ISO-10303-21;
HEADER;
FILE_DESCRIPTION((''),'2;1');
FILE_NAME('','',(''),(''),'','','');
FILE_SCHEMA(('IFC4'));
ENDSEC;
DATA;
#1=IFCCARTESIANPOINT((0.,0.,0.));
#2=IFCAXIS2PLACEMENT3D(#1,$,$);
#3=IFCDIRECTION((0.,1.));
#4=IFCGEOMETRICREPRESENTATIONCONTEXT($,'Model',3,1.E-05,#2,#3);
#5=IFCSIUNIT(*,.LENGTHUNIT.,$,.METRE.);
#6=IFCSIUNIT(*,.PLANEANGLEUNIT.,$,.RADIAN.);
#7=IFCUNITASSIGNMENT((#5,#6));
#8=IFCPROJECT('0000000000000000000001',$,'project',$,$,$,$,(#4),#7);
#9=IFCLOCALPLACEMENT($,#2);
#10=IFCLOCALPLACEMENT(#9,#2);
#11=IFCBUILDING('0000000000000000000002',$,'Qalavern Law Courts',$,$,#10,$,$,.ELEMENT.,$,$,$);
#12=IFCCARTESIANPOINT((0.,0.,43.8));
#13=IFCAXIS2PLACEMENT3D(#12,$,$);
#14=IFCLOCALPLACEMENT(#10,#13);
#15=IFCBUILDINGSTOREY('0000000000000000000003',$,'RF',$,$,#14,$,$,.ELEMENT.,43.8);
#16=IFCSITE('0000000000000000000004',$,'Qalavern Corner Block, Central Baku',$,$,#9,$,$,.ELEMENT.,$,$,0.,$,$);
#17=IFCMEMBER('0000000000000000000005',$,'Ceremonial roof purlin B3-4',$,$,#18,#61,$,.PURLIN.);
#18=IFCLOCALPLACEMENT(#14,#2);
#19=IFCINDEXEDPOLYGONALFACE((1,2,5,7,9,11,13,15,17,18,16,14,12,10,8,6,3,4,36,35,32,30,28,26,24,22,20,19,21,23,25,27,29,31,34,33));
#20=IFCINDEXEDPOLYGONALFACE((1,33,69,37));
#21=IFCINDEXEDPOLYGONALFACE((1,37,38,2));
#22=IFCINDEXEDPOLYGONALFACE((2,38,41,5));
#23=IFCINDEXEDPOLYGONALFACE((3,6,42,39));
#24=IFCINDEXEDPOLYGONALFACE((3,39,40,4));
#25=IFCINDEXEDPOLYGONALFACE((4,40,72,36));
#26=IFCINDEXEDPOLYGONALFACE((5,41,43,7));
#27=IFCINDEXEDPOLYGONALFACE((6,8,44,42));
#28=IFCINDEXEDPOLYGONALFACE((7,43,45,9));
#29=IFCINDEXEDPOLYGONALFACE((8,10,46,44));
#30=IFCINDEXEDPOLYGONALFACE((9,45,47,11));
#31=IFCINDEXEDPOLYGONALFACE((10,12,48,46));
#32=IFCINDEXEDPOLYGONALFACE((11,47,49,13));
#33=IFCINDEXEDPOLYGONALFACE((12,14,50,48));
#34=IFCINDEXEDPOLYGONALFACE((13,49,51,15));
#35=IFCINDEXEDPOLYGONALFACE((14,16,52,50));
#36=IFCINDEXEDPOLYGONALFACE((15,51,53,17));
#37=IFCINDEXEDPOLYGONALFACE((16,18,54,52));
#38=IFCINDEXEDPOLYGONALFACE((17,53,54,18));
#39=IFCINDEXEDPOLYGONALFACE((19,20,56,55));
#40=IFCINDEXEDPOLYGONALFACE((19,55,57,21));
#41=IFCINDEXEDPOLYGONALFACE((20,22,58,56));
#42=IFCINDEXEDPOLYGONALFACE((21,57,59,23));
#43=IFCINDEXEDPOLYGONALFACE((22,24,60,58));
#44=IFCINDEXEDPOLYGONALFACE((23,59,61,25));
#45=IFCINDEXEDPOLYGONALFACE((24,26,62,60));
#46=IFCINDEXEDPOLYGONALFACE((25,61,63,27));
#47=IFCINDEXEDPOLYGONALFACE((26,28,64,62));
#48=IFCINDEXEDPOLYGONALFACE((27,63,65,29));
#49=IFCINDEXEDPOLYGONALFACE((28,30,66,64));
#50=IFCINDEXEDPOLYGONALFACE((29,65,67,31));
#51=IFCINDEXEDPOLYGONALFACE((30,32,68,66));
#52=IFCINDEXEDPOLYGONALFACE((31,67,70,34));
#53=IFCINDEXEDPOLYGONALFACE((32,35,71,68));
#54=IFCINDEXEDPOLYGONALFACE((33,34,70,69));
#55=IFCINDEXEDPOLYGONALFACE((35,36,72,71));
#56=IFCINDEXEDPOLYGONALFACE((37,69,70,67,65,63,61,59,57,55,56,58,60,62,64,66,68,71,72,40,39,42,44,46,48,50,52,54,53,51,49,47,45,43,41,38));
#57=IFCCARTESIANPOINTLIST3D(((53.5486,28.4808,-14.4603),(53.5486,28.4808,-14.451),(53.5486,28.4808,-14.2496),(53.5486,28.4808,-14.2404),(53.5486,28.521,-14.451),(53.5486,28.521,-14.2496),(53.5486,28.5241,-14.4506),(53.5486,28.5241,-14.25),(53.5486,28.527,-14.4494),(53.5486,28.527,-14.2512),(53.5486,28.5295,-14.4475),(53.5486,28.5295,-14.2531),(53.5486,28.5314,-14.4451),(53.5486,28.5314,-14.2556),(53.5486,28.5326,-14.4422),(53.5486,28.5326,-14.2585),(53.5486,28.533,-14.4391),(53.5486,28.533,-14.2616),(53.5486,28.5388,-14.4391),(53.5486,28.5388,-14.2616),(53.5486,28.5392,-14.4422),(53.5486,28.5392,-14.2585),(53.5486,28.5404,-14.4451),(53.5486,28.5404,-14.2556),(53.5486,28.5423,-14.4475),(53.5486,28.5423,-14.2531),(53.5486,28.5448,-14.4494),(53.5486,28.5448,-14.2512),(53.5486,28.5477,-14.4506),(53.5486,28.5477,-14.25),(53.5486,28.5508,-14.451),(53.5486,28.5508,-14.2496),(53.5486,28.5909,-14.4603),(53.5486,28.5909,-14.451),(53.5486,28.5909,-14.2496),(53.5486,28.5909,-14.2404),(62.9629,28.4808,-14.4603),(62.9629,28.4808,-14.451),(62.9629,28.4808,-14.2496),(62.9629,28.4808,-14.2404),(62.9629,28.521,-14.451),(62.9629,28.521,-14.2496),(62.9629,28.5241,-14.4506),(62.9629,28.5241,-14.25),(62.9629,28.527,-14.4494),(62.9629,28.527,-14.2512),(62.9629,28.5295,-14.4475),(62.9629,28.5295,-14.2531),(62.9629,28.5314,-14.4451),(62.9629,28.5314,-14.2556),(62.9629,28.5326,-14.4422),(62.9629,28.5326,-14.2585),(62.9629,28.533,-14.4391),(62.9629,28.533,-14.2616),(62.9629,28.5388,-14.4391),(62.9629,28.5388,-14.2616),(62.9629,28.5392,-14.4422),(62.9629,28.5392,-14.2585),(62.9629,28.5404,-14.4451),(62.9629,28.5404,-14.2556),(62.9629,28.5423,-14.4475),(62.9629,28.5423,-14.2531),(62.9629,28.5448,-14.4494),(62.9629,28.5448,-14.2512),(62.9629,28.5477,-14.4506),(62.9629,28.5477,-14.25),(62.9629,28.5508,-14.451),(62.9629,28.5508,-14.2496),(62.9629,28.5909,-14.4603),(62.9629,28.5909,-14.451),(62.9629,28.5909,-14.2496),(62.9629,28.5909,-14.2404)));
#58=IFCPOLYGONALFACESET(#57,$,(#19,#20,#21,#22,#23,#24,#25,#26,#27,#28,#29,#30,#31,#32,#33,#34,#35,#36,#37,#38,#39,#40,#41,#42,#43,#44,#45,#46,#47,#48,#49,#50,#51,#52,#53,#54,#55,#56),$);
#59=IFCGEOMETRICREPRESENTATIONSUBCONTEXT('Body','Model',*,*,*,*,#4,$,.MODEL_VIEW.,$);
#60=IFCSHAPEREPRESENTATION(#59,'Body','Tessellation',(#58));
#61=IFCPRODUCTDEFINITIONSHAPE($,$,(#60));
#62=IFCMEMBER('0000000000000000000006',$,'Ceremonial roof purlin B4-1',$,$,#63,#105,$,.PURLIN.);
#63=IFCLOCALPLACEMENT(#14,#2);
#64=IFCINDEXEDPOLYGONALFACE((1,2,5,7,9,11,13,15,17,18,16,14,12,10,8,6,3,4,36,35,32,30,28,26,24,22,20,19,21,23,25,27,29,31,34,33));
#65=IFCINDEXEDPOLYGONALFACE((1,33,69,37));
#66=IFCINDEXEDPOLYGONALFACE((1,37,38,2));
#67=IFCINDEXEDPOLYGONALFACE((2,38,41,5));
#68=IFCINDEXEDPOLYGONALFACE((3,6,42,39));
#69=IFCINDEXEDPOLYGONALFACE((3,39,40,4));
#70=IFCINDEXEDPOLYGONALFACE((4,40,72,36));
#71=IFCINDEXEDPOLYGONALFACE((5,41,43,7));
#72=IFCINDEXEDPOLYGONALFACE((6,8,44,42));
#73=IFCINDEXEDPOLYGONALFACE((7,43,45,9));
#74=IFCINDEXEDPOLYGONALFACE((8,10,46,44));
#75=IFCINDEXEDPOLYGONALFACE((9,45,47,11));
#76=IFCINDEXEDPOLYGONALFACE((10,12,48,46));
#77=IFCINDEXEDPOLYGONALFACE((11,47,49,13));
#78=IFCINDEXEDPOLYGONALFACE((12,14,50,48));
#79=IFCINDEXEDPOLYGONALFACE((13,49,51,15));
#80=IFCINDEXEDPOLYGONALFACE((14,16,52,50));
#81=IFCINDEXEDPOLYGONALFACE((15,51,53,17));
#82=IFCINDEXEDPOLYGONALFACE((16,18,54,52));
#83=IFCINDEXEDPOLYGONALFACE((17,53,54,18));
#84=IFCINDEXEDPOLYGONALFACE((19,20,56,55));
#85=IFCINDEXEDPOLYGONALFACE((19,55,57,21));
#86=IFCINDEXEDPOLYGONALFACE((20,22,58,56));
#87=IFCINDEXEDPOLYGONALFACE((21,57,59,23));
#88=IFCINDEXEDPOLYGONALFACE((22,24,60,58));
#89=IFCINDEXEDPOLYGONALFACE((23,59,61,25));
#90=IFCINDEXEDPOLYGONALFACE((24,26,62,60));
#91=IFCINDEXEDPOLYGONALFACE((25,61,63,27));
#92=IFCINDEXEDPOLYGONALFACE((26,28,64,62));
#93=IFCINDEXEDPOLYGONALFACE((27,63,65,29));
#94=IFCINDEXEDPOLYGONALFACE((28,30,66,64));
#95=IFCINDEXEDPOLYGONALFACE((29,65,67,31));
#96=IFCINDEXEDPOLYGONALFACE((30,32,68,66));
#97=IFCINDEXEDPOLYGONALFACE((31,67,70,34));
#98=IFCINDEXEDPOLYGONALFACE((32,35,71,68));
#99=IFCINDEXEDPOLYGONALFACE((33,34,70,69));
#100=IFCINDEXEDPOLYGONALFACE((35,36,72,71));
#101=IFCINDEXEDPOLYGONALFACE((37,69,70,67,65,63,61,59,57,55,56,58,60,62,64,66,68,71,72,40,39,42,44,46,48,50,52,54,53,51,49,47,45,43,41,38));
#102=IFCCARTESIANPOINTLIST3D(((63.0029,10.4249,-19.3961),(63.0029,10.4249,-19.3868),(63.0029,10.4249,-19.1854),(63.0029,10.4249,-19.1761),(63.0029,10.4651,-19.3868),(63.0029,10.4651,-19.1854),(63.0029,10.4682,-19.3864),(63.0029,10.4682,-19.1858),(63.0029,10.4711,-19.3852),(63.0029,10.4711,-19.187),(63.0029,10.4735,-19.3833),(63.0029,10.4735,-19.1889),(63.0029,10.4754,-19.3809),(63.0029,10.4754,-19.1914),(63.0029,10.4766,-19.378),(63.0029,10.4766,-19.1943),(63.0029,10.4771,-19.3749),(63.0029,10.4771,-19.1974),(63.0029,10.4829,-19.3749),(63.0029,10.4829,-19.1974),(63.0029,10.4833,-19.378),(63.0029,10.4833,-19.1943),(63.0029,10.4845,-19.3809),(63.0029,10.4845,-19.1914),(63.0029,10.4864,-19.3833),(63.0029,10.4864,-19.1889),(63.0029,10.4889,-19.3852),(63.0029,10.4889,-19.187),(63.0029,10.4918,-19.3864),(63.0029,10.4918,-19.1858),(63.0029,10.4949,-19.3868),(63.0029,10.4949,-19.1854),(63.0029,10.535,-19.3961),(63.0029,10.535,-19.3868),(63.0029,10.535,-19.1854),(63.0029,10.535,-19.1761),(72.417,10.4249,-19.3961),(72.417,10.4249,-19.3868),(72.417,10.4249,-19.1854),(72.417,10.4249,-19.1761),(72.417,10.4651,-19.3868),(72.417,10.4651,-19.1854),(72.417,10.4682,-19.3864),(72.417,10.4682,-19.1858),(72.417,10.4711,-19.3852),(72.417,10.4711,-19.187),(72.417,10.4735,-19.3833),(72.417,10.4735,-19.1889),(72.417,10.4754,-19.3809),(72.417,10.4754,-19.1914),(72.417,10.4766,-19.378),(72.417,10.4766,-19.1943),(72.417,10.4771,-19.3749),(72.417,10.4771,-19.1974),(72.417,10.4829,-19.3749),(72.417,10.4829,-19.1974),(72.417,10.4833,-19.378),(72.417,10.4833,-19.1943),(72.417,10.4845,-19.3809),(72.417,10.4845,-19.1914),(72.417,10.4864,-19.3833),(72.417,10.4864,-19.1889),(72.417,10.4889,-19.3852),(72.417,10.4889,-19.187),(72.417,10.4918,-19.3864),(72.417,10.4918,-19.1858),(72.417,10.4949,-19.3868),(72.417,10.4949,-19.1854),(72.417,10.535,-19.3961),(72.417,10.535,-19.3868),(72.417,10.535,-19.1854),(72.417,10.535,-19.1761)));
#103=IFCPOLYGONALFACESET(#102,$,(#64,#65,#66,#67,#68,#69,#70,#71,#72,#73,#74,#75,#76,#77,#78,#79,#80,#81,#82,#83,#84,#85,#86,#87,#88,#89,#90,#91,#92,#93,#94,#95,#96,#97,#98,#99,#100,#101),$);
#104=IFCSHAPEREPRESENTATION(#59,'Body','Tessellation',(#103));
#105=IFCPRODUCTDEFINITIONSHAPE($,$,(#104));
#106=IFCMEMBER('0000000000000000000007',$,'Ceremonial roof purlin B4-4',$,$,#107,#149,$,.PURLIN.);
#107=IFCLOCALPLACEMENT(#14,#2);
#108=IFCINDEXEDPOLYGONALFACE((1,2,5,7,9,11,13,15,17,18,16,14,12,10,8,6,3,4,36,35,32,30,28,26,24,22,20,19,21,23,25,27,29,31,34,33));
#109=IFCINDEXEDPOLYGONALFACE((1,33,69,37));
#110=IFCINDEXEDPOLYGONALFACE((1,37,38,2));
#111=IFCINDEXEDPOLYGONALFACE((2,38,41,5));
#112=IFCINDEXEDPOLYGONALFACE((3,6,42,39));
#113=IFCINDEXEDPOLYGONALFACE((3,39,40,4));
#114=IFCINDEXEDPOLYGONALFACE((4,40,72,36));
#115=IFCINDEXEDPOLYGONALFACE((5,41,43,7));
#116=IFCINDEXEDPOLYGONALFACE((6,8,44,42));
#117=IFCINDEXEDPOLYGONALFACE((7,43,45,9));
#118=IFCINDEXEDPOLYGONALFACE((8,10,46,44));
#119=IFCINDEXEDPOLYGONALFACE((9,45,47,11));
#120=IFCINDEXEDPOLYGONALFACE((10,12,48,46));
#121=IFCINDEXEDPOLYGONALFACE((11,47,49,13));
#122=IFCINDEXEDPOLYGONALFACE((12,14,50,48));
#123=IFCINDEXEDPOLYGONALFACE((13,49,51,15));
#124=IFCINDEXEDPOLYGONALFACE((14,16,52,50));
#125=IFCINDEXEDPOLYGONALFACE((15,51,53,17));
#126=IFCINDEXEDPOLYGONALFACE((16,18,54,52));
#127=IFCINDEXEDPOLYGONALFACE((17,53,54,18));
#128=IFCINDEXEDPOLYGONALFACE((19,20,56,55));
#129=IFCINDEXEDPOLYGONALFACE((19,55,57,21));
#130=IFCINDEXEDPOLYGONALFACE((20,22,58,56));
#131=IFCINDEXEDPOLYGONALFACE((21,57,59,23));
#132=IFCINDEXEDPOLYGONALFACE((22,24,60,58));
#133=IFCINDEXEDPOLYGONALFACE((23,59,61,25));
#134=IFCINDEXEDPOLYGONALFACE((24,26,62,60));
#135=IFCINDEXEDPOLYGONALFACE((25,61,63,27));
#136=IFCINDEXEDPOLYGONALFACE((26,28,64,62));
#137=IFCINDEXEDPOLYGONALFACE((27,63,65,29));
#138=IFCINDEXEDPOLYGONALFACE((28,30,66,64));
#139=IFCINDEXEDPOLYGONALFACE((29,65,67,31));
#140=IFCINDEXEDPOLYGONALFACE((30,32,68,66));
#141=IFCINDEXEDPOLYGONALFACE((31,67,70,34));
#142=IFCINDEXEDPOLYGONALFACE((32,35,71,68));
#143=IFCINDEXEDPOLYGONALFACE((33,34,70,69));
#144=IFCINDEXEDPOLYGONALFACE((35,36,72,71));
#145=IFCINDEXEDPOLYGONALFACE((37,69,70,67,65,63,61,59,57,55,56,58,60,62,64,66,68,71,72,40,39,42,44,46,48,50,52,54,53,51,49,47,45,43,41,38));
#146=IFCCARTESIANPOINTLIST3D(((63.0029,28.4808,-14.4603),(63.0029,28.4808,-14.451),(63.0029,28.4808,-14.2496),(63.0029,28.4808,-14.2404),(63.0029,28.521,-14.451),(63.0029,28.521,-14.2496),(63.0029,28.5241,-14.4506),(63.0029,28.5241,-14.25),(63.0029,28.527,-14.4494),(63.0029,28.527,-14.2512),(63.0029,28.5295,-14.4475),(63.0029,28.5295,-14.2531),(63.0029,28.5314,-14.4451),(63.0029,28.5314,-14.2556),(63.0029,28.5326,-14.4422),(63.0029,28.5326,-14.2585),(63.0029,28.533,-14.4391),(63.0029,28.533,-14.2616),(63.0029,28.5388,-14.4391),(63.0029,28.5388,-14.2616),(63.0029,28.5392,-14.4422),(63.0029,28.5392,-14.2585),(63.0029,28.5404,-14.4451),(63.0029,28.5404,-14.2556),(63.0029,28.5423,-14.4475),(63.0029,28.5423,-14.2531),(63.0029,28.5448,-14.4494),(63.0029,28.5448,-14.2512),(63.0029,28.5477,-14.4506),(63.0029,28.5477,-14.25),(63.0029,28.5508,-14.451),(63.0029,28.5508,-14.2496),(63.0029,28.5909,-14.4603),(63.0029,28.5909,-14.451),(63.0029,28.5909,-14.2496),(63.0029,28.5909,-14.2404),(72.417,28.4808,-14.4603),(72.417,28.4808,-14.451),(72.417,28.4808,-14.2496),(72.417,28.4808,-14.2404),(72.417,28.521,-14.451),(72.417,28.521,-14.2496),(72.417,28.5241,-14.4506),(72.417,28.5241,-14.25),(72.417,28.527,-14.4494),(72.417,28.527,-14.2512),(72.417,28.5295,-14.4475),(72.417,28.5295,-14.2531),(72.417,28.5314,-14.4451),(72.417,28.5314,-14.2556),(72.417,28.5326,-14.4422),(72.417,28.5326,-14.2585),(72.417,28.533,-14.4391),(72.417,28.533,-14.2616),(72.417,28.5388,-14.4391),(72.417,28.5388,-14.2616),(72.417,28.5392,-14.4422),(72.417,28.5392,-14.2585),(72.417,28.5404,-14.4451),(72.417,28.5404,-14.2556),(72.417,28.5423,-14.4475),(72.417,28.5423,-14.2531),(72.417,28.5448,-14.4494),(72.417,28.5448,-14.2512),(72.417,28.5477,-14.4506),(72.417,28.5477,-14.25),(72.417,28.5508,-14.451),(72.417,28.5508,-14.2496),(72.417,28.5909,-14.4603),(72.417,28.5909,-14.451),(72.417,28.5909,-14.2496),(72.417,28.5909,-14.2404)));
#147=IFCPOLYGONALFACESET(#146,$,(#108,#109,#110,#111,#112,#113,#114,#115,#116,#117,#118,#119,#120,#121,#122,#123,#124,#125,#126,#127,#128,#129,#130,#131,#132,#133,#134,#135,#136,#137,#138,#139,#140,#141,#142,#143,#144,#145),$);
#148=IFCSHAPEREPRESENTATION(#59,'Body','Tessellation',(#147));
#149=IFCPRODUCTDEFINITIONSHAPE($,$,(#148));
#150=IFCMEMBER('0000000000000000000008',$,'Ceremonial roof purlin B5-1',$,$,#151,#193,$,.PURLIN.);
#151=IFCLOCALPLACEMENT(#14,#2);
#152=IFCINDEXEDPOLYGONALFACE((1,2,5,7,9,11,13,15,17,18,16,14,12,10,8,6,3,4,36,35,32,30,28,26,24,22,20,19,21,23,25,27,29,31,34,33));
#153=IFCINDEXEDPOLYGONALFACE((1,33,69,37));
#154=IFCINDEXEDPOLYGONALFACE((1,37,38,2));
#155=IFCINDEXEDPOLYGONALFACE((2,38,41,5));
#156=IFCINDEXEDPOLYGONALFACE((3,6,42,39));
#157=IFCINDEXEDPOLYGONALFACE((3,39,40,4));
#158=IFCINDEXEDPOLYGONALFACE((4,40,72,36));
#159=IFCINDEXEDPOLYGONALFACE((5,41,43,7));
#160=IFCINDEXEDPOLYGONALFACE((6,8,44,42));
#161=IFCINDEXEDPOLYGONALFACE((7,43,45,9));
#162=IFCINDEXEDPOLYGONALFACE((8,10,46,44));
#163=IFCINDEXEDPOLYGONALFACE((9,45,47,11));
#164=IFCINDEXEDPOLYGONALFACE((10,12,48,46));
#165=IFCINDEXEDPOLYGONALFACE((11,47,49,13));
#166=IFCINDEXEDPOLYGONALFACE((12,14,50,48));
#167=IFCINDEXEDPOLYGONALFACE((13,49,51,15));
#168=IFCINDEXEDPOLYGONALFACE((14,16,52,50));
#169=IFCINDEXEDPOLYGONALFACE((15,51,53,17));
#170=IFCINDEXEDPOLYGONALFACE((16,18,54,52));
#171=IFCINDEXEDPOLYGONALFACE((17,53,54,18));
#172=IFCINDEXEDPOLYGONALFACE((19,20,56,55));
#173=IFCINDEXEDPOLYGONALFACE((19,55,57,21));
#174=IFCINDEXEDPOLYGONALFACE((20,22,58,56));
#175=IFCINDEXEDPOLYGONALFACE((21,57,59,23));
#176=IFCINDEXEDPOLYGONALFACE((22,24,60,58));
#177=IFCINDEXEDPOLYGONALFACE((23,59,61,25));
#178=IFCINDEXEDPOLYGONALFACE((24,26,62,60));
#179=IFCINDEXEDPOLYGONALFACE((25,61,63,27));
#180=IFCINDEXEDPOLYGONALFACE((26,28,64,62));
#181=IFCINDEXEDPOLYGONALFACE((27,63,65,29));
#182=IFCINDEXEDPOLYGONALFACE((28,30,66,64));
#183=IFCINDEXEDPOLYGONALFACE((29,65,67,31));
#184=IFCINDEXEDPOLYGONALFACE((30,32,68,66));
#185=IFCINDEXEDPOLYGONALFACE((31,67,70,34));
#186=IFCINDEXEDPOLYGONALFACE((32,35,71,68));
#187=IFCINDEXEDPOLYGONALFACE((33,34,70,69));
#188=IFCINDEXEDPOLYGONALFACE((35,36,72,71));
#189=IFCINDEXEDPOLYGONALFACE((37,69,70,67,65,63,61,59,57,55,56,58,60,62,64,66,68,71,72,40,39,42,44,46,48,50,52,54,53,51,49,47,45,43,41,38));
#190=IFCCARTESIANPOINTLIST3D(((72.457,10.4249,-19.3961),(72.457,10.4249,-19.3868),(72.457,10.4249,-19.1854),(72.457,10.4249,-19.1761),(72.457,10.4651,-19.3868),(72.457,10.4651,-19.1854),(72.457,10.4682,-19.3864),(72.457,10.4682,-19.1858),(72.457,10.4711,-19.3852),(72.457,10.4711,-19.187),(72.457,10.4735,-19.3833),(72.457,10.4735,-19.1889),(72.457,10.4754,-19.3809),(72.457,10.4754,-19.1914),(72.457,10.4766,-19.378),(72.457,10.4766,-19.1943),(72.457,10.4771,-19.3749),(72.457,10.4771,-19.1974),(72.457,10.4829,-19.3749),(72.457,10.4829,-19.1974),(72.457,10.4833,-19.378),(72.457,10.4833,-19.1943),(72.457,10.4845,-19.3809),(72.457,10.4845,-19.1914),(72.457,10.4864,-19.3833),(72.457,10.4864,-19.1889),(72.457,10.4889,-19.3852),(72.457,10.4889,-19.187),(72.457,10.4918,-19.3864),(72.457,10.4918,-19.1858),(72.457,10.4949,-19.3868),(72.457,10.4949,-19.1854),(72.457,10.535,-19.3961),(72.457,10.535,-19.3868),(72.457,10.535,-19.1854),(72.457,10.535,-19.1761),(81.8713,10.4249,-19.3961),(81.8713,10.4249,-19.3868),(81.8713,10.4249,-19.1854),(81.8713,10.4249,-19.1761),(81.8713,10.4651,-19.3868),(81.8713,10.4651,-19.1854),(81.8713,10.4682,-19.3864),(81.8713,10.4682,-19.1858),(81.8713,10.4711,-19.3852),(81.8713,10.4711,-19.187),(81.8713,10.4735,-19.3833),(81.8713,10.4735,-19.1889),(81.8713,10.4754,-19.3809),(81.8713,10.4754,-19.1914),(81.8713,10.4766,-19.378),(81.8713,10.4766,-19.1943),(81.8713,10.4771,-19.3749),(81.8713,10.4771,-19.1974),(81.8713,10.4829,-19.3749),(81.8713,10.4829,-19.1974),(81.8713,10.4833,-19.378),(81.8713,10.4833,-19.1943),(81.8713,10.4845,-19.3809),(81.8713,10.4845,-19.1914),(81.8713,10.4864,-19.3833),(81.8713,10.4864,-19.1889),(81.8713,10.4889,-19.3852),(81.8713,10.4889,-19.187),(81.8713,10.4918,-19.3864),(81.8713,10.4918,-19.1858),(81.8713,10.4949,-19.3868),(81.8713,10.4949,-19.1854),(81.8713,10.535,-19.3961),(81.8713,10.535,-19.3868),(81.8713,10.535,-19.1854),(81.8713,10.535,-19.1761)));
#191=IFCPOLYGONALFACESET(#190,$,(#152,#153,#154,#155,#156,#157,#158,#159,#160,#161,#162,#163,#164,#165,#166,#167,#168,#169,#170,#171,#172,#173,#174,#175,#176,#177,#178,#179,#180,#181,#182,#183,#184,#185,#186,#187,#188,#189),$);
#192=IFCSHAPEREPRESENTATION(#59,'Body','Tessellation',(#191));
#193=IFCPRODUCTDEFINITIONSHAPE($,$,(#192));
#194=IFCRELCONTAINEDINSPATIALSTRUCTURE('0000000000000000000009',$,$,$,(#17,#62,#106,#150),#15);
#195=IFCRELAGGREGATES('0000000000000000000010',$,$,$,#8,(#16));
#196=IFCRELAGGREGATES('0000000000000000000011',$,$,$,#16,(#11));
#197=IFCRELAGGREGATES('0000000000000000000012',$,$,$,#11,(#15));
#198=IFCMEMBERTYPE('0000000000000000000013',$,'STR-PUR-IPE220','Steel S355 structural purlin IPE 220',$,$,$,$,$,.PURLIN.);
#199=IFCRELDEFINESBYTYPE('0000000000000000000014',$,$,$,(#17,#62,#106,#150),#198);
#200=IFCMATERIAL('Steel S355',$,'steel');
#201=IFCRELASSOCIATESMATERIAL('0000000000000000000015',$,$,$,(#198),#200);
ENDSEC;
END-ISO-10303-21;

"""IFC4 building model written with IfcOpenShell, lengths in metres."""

from ifc_helpers import new_model, si_unit, direction, frame, origin, origin_2d, place, context, subcontext, project, spatial, i_section, extrude, material, material_profile, profile_set, type_object, element, save


model = new_model("IFC4")

# Units and contexts
model_context = context("Model", 3, precision=1e-05, world=origin(), true_north=direction((0.0, 1.0)))
body_context = subcontext(model_context, "Body", "Model", "MODEL_VIEW")
ifc_project = project(units=[si_unit("LENGTHUNIT", "METRE"), si_unit("PLANEANGLEUNIT", "RADIAN")], contexts=[model_context])

# Site, building, storey
site_placement = place(None, origin())
site = spatial("IfcSite", under=ifc_project, at=site_placement, Name="Qalavern Corner Block, Central Baku", CompositionType="ELEMENT", RefElevation=0.0)
building_placement = place(site_placement, origin())
building = spatial("IfcBuilding", under=site, at=building_placement, Name="Qalavern Law Courts", CompositionType="ELEMENT")
storey_placement = place(building_placement, frame((0.0, 0.0, 43.8)))
storey = spatial("IfcBuildingStorey", under=building, at=storey_placement, Name="RF", CompositionType="ELEMENT", Elevation=43.8)

# Shared definitions
ifc_material_1 = material(Name="Steel S355", Category="steel")

# Members
ifc_material_profile_1 = material_profile(ifc_material_1, i_section(OverallWidth=0.1101, OverallDepth=0.22, WebThickness=0.0059, FlangeThickness=0.0093, FilletRadius=0.012, at=origin_2d()), Name="IPE 220")
ifc_profile_set_1 = profile_set([ifc_material_profile_1], Name="Steel S355")
member_type_1 = type_object("IfcMemberType", Name="STR-PUR-IPE220", Description="Steel S355 structural purlin IPE 220", PredefinedType="PURLIN", material=ifc_profile_set_1)
for number, where, z_axis, x_axis, name in (
    (1, (53.5486, 28.5359, -14.3503), (1.0, 0.0, 0.0), (0.0, 1.0, 0.0), "Ceremonial roof purlin B3-4"),
):
    element("IfcMember", number, at=place(storey_placement, frame(where, z_axis=z_axis, x_axis=x_axis)), inside=storey, type_object=member_type_1, Name=name, PredefinedType="PURLIN", context=body_context, shape_type="SweptSolid", body=[
        extrude(i_section(OverallWidth=0.1101, OverallDepth=0.22, WebThickness=0.0059, FlangeThickness=0.0093, FilletRadius=0.012, at=origin_2d()), origin(), (0.0, 0.0, 1.0), 9.4143),
    ])
for number, where, z_axis, x_axis, name in (
    (2, (63.0029, 10.48, -19.2861), (1.0, 0.0, 0.0), (0.0, 1.0, 0.0), "Ceremonial roof purlin B4-1"),
    (3, (63.0029, 28.5359, -14.3503), (1.0, 0.0, 0.0), (0.0, 1.0, 0.0), "Ceremonial roof purlin B4-4"),
):
    element("IfcMember", number, at=place(storey_placement, frame(where, z_axis=z_axis, x_axis=x_axis)), inside=storey, type_object=member_type_1, Name=name, PredefinedType="PURLIN", context=body_context, shape_type="SweptSolid", body=[
        extrude(i_section(OverallWidth=0.1101, OverallDepth=0.22, WebThickness=0.0059, FlangeThickness=0.0093, FilletRadius=0.012, at=origin_2d()), origin(), (0.0, 0.0, 1.0), 9.4141),
    ])
for number, where, z_axis, x_axis, name in (
    (4, (72.457, 10.48, -19.2861), (1.0, 0.0, 0.0), (0.0, 1.0, 0.0), "Ceremonial roof purlin B5-1"),
):
    element("IfcMember", number, at=place(storey_placement, frame(where, z_axis=z_axis, x_axis=x_axis)), inside=storey, type_object=member_type_1, Name=name, PredefinedType="PURLIN", context=body_context, shape_type="SweptSolid", body=[
        extrude(i_section(OverallWidth=0.1101, OverallDepth=0.22, WebThickness=0.0059, FlangeThickness=0.0093, FilletRadius=0.012, at=origin_2d()), origin(), (0.0, 0.0, 1.0), 9.4143),
    ])

save(model, "model.ifc")
